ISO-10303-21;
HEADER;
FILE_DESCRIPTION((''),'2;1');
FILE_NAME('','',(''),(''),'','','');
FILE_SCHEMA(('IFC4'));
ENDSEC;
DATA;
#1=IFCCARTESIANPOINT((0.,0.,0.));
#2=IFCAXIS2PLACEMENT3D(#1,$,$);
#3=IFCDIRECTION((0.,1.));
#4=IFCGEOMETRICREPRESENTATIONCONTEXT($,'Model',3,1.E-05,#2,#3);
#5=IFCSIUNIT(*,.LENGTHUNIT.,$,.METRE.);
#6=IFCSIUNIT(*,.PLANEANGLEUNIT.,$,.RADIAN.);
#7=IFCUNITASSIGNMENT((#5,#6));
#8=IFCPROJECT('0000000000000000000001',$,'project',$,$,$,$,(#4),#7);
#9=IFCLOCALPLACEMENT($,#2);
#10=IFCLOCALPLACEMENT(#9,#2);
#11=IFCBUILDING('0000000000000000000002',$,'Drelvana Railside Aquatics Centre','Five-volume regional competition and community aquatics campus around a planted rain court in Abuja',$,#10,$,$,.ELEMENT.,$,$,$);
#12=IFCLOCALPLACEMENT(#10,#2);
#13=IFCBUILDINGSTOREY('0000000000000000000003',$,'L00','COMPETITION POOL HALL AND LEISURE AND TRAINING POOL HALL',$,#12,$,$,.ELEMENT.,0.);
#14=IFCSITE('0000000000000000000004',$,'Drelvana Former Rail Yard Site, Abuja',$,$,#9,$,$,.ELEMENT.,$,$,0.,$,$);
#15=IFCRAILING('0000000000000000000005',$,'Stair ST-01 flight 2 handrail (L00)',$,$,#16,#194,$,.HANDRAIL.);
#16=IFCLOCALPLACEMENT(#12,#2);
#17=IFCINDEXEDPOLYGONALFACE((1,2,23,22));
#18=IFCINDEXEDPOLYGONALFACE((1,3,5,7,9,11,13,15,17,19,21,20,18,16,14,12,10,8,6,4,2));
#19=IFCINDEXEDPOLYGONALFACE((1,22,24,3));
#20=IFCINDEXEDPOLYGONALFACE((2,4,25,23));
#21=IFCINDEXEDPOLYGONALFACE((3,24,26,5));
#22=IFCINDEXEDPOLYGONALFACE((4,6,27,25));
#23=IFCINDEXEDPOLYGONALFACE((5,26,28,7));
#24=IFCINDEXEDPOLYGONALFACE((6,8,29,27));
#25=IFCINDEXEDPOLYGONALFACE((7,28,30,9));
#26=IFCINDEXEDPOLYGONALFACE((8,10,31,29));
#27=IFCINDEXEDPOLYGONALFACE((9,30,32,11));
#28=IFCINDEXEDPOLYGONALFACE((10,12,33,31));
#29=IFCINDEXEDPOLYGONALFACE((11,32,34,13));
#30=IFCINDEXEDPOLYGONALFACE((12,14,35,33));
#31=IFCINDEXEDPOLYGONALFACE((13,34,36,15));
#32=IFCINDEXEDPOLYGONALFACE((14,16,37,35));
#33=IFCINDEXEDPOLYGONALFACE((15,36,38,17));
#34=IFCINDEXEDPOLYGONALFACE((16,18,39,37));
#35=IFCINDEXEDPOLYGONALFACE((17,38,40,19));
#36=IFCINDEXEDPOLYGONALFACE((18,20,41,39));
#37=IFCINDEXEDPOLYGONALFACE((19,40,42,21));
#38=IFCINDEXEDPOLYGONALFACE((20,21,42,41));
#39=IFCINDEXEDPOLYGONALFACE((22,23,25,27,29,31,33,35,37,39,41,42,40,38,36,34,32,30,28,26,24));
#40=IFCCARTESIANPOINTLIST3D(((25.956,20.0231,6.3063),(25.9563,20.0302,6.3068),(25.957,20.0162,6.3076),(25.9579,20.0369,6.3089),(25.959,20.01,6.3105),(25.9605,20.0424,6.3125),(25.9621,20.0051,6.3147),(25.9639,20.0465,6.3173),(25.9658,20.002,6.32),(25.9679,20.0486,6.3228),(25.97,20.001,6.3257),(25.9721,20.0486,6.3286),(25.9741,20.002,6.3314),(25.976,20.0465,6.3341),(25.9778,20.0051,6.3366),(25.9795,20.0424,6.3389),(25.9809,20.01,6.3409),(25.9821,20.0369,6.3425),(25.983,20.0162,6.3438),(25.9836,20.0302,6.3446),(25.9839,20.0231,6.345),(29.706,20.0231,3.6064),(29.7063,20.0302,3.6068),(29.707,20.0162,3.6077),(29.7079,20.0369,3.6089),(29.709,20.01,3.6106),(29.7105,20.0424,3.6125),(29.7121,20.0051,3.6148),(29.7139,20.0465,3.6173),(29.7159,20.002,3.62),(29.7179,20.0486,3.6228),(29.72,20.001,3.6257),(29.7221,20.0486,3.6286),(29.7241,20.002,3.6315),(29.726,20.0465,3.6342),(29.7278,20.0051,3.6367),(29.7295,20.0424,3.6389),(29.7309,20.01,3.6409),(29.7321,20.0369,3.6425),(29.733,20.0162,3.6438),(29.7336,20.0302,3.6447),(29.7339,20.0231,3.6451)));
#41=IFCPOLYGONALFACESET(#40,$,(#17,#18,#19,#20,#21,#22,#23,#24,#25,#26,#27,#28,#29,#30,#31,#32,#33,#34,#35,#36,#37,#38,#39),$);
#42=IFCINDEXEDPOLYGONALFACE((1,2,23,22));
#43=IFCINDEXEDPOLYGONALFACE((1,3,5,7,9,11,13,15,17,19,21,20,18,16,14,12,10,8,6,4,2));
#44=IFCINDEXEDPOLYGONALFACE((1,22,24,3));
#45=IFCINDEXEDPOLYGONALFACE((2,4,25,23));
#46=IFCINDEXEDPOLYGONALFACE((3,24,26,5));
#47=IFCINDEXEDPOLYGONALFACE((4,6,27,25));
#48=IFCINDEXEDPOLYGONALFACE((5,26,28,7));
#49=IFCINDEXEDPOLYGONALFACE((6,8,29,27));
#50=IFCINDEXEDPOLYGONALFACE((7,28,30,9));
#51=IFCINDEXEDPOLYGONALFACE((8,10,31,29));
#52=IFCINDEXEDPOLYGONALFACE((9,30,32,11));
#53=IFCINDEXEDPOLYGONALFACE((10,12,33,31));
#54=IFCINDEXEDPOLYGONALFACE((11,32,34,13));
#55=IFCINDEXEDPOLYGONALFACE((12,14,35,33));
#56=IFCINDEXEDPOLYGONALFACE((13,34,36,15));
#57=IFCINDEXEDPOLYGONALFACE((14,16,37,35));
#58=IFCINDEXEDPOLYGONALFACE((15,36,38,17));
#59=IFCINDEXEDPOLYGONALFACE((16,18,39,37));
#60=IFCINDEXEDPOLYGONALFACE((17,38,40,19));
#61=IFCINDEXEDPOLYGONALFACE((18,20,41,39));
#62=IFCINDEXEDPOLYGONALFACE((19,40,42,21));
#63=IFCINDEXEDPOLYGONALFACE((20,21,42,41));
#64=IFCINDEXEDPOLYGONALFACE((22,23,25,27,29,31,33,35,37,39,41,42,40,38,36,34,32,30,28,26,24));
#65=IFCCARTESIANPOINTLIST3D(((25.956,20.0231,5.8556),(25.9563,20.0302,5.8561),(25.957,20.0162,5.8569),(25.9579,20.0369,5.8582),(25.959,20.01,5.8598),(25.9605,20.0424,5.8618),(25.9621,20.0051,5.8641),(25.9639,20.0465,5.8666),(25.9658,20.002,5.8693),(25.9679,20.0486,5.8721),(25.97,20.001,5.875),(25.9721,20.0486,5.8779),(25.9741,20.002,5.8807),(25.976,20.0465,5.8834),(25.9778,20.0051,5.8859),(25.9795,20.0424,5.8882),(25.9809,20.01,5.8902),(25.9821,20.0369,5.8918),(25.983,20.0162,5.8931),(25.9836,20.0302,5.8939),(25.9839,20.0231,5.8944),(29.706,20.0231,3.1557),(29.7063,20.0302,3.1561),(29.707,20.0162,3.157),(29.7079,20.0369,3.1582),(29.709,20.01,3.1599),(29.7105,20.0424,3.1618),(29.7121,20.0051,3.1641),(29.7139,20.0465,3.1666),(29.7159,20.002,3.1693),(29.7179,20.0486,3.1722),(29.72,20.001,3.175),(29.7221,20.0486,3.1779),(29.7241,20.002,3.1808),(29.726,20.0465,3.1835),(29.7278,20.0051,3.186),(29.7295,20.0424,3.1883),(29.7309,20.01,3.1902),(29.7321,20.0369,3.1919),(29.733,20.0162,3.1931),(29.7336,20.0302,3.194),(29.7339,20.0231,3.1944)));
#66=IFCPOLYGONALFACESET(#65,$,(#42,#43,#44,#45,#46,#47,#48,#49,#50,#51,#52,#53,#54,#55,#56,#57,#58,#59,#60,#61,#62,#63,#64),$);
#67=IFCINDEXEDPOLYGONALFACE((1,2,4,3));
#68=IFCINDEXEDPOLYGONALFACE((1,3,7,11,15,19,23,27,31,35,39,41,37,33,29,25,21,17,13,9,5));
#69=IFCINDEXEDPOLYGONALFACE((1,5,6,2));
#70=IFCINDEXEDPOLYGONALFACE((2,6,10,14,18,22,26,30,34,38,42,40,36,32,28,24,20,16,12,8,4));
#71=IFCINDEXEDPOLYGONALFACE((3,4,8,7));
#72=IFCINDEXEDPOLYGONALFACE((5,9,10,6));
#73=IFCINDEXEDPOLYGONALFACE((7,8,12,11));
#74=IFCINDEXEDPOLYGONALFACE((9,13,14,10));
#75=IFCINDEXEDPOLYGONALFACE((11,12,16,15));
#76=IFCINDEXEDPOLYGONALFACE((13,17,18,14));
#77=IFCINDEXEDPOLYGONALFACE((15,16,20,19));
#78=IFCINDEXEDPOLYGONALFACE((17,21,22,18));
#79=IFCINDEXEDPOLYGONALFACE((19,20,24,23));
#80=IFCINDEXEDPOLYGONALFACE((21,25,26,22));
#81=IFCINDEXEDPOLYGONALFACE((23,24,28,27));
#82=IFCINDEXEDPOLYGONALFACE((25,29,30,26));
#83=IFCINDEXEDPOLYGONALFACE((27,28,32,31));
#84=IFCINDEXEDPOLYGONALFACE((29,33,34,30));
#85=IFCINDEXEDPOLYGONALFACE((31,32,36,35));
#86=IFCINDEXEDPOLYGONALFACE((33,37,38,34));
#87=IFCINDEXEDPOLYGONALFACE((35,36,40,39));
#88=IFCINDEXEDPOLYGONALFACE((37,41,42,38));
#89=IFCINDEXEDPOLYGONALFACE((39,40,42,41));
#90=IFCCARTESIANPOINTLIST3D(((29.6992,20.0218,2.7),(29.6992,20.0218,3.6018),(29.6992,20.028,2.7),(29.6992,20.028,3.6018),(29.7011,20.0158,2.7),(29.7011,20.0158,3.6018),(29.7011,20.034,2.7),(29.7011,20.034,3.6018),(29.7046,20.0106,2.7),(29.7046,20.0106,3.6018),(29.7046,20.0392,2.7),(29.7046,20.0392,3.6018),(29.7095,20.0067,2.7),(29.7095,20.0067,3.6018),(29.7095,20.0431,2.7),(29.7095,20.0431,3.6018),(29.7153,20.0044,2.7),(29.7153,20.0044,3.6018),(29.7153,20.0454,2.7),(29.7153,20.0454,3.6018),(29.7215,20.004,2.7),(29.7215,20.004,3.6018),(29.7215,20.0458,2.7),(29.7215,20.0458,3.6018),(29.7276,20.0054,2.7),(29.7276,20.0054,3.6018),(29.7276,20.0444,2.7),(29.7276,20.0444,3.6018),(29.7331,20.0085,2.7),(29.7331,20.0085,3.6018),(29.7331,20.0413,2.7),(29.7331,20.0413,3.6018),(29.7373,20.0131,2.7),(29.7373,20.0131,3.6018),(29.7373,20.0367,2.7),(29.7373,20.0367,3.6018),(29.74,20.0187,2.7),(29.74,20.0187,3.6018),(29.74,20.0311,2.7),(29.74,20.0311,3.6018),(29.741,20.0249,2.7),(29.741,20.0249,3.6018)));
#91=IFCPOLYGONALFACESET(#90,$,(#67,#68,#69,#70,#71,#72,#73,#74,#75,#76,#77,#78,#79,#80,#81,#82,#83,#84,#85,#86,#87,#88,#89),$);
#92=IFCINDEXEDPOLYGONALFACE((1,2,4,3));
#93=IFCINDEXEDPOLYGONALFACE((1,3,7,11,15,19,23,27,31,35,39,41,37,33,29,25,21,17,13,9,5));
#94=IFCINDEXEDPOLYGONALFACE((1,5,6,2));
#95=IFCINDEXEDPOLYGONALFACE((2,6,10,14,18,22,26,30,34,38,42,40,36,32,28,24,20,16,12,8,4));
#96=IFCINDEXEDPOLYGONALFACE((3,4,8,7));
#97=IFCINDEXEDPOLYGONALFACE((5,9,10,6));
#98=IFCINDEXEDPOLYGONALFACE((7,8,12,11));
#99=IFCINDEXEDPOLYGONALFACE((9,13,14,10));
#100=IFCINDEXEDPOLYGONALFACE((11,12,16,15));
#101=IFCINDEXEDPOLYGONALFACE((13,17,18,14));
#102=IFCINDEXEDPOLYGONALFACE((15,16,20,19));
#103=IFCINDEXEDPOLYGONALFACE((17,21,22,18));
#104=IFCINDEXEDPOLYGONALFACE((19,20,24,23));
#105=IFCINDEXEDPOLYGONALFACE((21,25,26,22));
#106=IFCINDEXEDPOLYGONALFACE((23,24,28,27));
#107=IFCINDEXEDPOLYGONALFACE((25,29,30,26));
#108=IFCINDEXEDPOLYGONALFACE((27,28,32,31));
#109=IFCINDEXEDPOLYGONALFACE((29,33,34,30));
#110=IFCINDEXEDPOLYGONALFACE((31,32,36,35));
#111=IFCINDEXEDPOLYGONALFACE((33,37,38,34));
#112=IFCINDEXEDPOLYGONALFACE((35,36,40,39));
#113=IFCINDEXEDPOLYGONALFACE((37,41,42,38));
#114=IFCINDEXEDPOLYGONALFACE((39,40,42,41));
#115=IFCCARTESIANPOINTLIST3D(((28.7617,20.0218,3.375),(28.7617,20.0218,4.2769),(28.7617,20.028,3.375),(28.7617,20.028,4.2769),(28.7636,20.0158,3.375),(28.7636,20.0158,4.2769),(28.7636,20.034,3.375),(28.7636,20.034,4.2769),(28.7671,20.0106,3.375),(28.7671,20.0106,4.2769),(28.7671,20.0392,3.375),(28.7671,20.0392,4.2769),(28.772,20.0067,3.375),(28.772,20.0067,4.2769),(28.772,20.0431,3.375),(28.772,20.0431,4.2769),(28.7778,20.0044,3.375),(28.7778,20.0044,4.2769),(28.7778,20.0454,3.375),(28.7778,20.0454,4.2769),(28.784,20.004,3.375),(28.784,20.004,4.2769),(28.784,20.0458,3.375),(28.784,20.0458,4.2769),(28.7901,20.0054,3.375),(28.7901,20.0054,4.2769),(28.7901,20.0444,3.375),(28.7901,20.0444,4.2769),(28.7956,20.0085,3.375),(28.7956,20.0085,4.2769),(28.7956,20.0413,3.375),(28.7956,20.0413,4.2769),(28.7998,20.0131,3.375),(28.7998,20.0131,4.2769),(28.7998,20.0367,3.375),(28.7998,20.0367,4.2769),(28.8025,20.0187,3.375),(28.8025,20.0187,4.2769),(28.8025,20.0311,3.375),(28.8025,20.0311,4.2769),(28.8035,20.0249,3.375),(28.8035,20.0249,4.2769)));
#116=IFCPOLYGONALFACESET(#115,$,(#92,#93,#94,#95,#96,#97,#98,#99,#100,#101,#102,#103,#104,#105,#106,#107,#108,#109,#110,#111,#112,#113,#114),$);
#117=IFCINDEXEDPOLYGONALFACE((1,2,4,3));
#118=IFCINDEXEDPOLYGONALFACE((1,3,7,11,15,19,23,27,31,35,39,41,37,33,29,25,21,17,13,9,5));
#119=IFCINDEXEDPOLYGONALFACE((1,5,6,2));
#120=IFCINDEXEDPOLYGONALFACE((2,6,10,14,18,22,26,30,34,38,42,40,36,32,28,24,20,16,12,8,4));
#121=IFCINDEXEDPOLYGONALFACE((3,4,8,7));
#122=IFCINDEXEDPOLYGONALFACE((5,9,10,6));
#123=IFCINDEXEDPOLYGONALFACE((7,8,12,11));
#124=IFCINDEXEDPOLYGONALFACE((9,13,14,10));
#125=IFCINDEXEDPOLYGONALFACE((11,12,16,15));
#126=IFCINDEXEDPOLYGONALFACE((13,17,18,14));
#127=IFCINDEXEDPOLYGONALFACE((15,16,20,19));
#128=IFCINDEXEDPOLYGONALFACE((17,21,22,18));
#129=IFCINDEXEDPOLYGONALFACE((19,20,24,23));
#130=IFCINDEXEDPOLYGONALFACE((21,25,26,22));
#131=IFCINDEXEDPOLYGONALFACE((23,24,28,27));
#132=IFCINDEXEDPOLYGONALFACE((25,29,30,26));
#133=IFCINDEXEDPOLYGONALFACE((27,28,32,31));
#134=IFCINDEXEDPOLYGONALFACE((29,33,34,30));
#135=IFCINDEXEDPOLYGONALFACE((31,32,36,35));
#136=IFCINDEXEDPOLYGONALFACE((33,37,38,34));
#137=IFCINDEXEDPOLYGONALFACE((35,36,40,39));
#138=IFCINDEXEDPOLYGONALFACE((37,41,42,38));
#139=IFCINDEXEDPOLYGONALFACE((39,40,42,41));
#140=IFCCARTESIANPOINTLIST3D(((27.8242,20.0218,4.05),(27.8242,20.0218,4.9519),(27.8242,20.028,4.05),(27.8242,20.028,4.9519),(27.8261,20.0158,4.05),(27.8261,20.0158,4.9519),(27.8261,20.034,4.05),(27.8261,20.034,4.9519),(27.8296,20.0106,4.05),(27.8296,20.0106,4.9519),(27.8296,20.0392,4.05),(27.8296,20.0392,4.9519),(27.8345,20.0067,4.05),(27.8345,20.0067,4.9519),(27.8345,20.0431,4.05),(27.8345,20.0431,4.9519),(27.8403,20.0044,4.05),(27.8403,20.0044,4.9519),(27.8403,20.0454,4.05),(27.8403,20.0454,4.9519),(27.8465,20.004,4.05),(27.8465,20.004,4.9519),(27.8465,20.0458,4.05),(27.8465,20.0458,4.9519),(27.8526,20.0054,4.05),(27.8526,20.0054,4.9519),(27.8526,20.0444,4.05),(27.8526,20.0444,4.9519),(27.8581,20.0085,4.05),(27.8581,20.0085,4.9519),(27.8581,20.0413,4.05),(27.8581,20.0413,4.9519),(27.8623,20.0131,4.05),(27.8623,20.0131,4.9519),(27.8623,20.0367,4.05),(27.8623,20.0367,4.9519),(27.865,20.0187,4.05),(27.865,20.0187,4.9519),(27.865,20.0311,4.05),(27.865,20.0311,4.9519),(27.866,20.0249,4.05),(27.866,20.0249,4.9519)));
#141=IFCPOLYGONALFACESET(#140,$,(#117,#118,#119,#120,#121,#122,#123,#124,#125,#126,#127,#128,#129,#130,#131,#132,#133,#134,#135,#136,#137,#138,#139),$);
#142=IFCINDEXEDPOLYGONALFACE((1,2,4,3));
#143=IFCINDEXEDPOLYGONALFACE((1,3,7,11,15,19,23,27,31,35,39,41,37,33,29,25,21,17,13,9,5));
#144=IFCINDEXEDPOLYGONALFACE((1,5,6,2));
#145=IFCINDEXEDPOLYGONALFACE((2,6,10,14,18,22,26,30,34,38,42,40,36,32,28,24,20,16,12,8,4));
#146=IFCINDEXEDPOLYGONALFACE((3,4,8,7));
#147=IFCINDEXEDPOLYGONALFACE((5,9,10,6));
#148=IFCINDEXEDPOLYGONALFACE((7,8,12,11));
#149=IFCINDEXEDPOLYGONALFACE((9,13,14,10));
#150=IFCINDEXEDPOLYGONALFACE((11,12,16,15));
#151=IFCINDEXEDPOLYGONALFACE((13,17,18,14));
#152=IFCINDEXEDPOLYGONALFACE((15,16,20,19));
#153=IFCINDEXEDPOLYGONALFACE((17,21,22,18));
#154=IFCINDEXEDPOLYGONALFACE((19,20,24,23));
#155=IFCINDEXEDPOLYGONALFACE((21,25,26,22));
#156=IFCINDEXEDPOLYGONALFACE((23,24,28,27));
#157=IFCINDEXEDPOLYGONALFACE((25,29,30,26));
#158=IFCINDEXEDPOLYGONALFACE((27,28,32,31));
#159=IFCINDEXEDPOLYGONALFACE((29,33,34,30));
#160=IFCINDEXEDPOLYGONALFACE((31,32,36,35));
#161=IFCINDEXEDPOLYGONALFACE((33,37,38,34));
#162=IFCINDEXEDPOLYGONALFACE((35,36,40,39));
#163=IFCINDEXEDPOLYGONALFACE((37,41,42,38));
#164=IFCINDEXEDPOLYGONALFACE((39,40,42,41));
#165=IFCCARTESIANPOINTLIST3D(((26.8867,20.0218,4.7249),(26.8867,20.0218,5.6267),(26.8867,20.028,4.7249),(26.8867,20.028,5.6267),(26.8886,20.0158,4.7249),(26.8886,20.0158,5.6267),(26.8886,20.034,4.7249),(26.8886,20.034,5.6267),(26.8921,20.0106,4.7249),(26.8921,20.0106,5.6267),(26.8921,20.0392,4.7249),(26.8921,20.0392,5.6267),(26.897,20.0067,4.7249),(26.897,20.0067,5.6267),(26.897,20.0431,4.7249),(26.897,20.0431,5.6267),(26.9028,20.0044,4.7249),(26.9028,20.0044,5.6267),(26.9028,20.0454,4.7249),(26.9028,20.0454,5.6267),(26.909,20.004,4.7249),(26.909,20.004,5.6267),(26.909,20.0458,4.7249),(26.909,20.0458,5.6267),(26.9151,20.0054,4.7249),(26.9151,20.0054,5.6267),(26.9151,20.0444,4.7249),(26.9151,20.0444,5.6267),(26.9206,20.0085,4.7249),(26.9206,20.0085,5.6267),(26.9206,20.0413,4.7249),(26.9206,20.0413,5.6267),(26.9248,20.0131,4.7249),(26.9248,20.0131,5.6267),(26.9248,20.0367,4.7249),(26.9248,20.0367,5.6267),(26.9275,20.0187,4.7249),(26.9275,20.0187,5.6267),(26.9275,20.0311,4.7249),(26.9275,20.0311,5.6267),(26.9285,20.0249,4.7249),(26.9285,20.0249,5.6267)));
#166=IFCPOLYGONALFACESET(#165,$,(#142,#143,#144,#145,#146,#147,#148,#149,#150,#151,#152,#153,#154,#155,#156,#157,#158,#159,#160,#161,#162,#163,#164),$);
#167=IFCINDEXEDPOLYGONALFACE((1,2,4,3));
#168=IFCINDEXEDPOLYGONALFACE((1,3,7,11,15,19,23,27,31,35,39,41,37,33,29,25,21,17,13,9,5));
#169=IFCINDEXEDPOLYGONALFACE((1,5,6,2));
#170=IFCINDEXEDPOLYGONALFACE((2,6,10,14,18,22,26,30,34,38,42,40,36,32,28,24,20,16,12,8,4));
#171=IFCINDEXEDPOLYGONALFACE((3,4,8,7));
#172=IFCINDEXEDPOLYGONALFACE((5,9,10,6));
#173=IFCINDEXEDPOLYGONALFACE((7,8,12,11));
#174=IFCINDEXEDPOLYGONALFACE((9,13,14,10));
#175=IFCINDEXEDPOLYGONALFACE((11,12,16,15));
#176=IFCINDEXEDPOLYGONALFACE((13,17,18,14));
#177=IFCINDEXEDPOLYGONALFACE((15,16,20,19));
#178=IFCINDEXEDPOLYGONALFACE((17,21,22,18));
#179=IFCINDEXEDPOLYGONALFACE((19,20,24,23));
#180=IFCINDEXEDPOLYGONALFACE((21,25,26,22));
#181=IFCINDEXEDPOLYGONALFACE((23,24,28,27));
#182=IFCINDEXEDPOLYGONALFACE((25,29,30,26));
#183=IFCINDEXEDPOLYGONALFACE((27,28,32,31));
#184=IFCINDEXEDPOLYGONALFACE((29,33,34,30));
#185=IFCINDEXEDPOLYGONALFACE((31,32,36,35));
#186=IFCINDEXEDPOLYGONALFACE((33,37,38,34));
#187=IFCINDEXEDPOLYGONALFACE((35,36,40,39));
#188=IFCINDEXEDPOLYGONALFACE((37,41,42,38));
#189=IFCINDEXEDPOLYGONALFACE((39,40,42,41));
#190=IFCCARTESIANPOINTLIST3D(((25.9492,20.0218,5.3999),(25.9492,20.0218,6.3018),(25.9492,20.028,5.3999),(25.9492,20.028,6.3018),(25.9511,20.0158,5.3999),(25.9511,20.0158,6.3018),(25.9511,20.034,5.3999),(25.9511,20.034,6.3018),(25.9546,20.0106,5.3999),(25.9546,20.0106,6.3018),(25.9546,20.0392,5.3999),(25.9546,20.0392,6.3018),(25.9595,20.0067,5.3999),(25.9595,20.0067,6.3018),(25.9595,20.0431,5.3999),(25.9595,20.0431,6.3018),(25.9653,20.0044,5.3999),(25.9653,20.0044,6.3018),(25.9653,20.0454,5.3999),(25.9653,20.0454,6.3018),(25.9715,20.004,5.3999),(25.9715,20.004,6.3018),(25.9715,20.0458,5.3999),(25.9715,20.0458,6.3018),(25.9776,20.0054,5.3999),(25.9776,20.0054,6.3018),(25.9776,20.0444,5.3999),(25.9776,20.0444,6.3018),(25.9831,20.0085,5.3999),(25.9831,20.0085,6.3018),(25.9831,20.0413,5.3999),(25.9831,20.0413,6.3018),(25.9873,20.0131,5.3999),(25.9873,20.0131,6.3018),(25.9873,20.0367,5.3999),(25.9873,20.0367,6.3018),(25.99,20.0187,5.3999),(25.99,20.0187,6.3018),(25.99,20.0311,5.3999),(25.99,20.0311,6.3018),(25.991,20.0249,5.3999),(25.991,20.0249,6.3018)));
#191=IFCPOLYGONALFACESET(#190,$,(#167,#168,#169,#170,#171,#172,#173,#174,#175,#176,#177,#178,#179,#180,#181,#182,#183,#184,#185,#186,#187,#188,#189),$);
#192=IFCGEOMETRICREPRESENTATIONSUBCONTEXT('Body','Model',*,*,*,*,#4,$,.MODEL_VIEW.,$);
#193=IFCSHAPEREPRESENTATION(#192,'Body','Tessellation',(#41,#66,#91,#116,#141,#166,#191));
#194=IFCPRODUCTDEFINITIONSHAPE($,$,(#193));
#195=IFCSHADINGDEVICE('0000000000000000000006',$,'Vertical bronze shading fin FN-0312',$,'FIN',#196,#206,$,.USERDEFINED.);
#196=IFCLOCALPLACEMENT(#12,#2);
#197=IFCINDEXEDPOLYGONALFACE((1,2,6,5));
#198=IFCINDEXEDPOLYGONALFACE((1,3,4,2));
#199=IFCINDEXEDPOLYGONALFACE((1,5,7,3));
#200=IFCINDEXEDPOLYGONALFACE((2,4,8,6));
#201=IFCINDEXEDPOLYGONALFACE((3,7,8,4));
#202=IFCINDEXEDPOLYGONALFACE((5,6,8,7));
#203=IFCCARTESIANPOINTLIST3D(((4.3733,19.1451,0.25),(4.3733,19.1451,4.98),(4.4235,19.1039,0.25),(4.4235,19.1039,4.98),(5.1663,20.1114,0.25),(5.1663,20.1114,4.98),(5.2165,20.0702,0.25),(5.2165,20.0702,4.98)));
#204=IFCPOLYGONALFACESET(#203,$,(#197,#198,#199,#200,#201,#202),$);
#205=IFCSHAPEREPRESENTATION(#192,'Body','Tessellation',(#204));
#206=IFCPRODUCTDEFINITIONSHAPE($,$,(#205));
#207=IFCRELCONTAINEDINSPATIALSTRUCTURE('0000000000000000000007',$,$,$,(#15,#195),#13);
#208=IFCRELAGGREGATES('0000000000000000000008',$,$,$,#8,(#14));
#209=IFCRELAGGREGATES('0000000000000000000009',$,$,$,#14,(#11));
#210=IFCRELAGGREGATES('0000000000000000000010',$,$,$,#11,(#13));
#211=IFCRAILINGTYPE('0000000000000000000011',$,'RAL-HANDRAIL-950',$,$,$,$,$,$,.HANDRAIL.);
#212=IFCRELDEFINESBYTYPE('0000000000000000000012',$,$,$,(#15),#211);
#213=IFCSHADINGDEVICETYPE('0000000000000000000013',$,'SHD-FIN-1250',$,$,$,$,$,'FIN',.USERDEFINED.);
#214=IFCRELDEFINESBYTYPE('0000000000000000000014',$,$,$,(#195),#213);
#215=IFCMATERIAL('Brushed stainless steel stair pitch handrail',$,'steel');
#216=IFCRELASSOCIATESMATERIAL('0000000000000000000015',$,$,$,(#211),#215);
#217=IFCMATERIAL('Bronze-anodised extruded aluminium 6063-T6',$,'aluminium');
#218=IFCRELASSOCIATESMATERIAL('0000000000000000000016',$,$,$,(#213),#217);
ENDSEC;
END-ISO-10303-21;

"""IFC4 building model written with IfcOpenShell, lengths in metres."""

from ifc_helpers import new_model, si_unit, direction, frame, origin, origin_2d, place, context, subcontext, project, spatial, rectangle, circle, extrude, material, type_object, element, save


model = new_model("IFC4")

# Units and contexts
model_context = context("Model", 3, precision=1e-05, world=origin(), true_north=direction((0.0, 1.0)))
body_context = subcontext(model_context, "Body", "Model", "MODEL_VIEW")
ifc_project = project(units=[si_unit("LENGTHUNIT", "METRE"), si_unit("PLANEANGLEUNIT", "RADIAN")], contexts=[model_context])

# Site, building, storey
site_placement = place(None, origin())
site = spatial("IfcSite", under=ifc_project, at=site_placement, Name="Drelvana Former Rail Yard Site, Abuja", CompositionType="ELEMENT", RefElevation=0.0)
building_placement = place(site_placement, origin())
building = spatial("IfcBuilding", under=site, at=building_placement, Name="Drelvana Railside Aquatics Centre", Description="Five-volume regional competition and community aquatics campus around a planted rain court in Abuja", CompositionType="ELEMENT")
storey_placement = place(building_placement, origin())
storey = spatial("IfcBuildingStorey", under=building, at=storey_placement, Name="L00", Description="COMPETITION POOL HALL AND LEISURE AND TRAINING POOL HALL", CompositionType="ELEMENT", Elevation=0.0)

# Shared definitions
ifc_material_1 = material(Name="Bronze-anodised extruded aluminium 6063-T6", Category="aluminium")

# Railing
ifc_material_2 = material(Name="Brushed stainless steel stair pitch handrail", Category="steel")
railing_type = type_object("IfcRailingType", Name="RAL-HANDRAIL-950", PredefinedType="HANDRAIL", material=ifc_material_2)
railing_placement = place(storey_placement, frame((29.72, 20.0249, 2.7)))
element("IfcRailing", 1, at=railing_placement, inside=storey, type_object=railing_type, Name="Stair ST-01 flight 2 handrail (L00)", PredefinedType="HANDRAIL", context=body_context, shape_type="SweptSolid", body=[
    extrude(circle(Radius=0.0239, at=origin_2d()), frame((0.0, 0.0, 0.9258), z_axis=(-0.811539, 0.0, 0.584298), x_axis=(0.0, -1.0, 0.0)), (0.0, 0.0, 1.0), 4.6208),
    extrude(circle(Radius=0.0239, at=origin_2d()), frame((0.0, 0.0, 0.4751), z_axis=(-0.811539, 0.0, 0.584298), x_axis=(0.0, -1.0, 0.0)), (0.0, 0.0, 1.0), 4.6208),
    extrude(circle(Radius=0.021, at=origin_2d()), origin(), (0.0, 0.0, 1.0), 0.9019),
    extrude(circle(Radius=0.021, at=origin_2d()), frame((-0.9375, 0.0, 0.675)), (0.0, 0.0, 1.0), 0.9019),
    extrude(circle(Radius=0.021, at=origin_2d()), frame((-1.875, 0.0, 1.3501)), (0.0, 0.0, 1.0), 0.9019),
    extrude(circle(Radius=0.021, at=origin_2d()), frame((-2.8125, 0.0, 2.0249)), (0.0, 0.0, 1.0), 0.9019),
    extrude(circle(Radius=0.021, at=origin_2d()), frame((-3.75, 0.0, 2.7)), (0.0, 0.0, 1.0), 0.9019),
])

# Shading device
shading_device_type = type_object("IfcShadingDeviceType", Name="SHD-FIN-1250", ElementType="FIN", PredefinedType="USERDEFINED", material=ifc_material_1)
for number, where, z_axis, x_axis, name in (
    (2, (4.7949, 19.6077, 0.25), (0.0, 0.0, 1.0), (-0.634393, -0.77301, 0.0), "Vertical bronze shading fin FN-0312"),
):
    element("IfcShadingDevice", number, at=place(storey_placement, frame(where, z_axis=z_axis, x_axis=x_axis)), inside=storey, type_object=shading_device_type, Name=name, ObjectType="FIN", PredefinedType="USERDEFINED", context=body_context, shape_type="SweptSolid", body=[
        extrude(rectangle(XDim=1.25, YDim=0.0649, at=origin_2d()), origin(), (0.0, 0.0, 1.0), 4.73),
    ])

save(model, "model.ifc")
